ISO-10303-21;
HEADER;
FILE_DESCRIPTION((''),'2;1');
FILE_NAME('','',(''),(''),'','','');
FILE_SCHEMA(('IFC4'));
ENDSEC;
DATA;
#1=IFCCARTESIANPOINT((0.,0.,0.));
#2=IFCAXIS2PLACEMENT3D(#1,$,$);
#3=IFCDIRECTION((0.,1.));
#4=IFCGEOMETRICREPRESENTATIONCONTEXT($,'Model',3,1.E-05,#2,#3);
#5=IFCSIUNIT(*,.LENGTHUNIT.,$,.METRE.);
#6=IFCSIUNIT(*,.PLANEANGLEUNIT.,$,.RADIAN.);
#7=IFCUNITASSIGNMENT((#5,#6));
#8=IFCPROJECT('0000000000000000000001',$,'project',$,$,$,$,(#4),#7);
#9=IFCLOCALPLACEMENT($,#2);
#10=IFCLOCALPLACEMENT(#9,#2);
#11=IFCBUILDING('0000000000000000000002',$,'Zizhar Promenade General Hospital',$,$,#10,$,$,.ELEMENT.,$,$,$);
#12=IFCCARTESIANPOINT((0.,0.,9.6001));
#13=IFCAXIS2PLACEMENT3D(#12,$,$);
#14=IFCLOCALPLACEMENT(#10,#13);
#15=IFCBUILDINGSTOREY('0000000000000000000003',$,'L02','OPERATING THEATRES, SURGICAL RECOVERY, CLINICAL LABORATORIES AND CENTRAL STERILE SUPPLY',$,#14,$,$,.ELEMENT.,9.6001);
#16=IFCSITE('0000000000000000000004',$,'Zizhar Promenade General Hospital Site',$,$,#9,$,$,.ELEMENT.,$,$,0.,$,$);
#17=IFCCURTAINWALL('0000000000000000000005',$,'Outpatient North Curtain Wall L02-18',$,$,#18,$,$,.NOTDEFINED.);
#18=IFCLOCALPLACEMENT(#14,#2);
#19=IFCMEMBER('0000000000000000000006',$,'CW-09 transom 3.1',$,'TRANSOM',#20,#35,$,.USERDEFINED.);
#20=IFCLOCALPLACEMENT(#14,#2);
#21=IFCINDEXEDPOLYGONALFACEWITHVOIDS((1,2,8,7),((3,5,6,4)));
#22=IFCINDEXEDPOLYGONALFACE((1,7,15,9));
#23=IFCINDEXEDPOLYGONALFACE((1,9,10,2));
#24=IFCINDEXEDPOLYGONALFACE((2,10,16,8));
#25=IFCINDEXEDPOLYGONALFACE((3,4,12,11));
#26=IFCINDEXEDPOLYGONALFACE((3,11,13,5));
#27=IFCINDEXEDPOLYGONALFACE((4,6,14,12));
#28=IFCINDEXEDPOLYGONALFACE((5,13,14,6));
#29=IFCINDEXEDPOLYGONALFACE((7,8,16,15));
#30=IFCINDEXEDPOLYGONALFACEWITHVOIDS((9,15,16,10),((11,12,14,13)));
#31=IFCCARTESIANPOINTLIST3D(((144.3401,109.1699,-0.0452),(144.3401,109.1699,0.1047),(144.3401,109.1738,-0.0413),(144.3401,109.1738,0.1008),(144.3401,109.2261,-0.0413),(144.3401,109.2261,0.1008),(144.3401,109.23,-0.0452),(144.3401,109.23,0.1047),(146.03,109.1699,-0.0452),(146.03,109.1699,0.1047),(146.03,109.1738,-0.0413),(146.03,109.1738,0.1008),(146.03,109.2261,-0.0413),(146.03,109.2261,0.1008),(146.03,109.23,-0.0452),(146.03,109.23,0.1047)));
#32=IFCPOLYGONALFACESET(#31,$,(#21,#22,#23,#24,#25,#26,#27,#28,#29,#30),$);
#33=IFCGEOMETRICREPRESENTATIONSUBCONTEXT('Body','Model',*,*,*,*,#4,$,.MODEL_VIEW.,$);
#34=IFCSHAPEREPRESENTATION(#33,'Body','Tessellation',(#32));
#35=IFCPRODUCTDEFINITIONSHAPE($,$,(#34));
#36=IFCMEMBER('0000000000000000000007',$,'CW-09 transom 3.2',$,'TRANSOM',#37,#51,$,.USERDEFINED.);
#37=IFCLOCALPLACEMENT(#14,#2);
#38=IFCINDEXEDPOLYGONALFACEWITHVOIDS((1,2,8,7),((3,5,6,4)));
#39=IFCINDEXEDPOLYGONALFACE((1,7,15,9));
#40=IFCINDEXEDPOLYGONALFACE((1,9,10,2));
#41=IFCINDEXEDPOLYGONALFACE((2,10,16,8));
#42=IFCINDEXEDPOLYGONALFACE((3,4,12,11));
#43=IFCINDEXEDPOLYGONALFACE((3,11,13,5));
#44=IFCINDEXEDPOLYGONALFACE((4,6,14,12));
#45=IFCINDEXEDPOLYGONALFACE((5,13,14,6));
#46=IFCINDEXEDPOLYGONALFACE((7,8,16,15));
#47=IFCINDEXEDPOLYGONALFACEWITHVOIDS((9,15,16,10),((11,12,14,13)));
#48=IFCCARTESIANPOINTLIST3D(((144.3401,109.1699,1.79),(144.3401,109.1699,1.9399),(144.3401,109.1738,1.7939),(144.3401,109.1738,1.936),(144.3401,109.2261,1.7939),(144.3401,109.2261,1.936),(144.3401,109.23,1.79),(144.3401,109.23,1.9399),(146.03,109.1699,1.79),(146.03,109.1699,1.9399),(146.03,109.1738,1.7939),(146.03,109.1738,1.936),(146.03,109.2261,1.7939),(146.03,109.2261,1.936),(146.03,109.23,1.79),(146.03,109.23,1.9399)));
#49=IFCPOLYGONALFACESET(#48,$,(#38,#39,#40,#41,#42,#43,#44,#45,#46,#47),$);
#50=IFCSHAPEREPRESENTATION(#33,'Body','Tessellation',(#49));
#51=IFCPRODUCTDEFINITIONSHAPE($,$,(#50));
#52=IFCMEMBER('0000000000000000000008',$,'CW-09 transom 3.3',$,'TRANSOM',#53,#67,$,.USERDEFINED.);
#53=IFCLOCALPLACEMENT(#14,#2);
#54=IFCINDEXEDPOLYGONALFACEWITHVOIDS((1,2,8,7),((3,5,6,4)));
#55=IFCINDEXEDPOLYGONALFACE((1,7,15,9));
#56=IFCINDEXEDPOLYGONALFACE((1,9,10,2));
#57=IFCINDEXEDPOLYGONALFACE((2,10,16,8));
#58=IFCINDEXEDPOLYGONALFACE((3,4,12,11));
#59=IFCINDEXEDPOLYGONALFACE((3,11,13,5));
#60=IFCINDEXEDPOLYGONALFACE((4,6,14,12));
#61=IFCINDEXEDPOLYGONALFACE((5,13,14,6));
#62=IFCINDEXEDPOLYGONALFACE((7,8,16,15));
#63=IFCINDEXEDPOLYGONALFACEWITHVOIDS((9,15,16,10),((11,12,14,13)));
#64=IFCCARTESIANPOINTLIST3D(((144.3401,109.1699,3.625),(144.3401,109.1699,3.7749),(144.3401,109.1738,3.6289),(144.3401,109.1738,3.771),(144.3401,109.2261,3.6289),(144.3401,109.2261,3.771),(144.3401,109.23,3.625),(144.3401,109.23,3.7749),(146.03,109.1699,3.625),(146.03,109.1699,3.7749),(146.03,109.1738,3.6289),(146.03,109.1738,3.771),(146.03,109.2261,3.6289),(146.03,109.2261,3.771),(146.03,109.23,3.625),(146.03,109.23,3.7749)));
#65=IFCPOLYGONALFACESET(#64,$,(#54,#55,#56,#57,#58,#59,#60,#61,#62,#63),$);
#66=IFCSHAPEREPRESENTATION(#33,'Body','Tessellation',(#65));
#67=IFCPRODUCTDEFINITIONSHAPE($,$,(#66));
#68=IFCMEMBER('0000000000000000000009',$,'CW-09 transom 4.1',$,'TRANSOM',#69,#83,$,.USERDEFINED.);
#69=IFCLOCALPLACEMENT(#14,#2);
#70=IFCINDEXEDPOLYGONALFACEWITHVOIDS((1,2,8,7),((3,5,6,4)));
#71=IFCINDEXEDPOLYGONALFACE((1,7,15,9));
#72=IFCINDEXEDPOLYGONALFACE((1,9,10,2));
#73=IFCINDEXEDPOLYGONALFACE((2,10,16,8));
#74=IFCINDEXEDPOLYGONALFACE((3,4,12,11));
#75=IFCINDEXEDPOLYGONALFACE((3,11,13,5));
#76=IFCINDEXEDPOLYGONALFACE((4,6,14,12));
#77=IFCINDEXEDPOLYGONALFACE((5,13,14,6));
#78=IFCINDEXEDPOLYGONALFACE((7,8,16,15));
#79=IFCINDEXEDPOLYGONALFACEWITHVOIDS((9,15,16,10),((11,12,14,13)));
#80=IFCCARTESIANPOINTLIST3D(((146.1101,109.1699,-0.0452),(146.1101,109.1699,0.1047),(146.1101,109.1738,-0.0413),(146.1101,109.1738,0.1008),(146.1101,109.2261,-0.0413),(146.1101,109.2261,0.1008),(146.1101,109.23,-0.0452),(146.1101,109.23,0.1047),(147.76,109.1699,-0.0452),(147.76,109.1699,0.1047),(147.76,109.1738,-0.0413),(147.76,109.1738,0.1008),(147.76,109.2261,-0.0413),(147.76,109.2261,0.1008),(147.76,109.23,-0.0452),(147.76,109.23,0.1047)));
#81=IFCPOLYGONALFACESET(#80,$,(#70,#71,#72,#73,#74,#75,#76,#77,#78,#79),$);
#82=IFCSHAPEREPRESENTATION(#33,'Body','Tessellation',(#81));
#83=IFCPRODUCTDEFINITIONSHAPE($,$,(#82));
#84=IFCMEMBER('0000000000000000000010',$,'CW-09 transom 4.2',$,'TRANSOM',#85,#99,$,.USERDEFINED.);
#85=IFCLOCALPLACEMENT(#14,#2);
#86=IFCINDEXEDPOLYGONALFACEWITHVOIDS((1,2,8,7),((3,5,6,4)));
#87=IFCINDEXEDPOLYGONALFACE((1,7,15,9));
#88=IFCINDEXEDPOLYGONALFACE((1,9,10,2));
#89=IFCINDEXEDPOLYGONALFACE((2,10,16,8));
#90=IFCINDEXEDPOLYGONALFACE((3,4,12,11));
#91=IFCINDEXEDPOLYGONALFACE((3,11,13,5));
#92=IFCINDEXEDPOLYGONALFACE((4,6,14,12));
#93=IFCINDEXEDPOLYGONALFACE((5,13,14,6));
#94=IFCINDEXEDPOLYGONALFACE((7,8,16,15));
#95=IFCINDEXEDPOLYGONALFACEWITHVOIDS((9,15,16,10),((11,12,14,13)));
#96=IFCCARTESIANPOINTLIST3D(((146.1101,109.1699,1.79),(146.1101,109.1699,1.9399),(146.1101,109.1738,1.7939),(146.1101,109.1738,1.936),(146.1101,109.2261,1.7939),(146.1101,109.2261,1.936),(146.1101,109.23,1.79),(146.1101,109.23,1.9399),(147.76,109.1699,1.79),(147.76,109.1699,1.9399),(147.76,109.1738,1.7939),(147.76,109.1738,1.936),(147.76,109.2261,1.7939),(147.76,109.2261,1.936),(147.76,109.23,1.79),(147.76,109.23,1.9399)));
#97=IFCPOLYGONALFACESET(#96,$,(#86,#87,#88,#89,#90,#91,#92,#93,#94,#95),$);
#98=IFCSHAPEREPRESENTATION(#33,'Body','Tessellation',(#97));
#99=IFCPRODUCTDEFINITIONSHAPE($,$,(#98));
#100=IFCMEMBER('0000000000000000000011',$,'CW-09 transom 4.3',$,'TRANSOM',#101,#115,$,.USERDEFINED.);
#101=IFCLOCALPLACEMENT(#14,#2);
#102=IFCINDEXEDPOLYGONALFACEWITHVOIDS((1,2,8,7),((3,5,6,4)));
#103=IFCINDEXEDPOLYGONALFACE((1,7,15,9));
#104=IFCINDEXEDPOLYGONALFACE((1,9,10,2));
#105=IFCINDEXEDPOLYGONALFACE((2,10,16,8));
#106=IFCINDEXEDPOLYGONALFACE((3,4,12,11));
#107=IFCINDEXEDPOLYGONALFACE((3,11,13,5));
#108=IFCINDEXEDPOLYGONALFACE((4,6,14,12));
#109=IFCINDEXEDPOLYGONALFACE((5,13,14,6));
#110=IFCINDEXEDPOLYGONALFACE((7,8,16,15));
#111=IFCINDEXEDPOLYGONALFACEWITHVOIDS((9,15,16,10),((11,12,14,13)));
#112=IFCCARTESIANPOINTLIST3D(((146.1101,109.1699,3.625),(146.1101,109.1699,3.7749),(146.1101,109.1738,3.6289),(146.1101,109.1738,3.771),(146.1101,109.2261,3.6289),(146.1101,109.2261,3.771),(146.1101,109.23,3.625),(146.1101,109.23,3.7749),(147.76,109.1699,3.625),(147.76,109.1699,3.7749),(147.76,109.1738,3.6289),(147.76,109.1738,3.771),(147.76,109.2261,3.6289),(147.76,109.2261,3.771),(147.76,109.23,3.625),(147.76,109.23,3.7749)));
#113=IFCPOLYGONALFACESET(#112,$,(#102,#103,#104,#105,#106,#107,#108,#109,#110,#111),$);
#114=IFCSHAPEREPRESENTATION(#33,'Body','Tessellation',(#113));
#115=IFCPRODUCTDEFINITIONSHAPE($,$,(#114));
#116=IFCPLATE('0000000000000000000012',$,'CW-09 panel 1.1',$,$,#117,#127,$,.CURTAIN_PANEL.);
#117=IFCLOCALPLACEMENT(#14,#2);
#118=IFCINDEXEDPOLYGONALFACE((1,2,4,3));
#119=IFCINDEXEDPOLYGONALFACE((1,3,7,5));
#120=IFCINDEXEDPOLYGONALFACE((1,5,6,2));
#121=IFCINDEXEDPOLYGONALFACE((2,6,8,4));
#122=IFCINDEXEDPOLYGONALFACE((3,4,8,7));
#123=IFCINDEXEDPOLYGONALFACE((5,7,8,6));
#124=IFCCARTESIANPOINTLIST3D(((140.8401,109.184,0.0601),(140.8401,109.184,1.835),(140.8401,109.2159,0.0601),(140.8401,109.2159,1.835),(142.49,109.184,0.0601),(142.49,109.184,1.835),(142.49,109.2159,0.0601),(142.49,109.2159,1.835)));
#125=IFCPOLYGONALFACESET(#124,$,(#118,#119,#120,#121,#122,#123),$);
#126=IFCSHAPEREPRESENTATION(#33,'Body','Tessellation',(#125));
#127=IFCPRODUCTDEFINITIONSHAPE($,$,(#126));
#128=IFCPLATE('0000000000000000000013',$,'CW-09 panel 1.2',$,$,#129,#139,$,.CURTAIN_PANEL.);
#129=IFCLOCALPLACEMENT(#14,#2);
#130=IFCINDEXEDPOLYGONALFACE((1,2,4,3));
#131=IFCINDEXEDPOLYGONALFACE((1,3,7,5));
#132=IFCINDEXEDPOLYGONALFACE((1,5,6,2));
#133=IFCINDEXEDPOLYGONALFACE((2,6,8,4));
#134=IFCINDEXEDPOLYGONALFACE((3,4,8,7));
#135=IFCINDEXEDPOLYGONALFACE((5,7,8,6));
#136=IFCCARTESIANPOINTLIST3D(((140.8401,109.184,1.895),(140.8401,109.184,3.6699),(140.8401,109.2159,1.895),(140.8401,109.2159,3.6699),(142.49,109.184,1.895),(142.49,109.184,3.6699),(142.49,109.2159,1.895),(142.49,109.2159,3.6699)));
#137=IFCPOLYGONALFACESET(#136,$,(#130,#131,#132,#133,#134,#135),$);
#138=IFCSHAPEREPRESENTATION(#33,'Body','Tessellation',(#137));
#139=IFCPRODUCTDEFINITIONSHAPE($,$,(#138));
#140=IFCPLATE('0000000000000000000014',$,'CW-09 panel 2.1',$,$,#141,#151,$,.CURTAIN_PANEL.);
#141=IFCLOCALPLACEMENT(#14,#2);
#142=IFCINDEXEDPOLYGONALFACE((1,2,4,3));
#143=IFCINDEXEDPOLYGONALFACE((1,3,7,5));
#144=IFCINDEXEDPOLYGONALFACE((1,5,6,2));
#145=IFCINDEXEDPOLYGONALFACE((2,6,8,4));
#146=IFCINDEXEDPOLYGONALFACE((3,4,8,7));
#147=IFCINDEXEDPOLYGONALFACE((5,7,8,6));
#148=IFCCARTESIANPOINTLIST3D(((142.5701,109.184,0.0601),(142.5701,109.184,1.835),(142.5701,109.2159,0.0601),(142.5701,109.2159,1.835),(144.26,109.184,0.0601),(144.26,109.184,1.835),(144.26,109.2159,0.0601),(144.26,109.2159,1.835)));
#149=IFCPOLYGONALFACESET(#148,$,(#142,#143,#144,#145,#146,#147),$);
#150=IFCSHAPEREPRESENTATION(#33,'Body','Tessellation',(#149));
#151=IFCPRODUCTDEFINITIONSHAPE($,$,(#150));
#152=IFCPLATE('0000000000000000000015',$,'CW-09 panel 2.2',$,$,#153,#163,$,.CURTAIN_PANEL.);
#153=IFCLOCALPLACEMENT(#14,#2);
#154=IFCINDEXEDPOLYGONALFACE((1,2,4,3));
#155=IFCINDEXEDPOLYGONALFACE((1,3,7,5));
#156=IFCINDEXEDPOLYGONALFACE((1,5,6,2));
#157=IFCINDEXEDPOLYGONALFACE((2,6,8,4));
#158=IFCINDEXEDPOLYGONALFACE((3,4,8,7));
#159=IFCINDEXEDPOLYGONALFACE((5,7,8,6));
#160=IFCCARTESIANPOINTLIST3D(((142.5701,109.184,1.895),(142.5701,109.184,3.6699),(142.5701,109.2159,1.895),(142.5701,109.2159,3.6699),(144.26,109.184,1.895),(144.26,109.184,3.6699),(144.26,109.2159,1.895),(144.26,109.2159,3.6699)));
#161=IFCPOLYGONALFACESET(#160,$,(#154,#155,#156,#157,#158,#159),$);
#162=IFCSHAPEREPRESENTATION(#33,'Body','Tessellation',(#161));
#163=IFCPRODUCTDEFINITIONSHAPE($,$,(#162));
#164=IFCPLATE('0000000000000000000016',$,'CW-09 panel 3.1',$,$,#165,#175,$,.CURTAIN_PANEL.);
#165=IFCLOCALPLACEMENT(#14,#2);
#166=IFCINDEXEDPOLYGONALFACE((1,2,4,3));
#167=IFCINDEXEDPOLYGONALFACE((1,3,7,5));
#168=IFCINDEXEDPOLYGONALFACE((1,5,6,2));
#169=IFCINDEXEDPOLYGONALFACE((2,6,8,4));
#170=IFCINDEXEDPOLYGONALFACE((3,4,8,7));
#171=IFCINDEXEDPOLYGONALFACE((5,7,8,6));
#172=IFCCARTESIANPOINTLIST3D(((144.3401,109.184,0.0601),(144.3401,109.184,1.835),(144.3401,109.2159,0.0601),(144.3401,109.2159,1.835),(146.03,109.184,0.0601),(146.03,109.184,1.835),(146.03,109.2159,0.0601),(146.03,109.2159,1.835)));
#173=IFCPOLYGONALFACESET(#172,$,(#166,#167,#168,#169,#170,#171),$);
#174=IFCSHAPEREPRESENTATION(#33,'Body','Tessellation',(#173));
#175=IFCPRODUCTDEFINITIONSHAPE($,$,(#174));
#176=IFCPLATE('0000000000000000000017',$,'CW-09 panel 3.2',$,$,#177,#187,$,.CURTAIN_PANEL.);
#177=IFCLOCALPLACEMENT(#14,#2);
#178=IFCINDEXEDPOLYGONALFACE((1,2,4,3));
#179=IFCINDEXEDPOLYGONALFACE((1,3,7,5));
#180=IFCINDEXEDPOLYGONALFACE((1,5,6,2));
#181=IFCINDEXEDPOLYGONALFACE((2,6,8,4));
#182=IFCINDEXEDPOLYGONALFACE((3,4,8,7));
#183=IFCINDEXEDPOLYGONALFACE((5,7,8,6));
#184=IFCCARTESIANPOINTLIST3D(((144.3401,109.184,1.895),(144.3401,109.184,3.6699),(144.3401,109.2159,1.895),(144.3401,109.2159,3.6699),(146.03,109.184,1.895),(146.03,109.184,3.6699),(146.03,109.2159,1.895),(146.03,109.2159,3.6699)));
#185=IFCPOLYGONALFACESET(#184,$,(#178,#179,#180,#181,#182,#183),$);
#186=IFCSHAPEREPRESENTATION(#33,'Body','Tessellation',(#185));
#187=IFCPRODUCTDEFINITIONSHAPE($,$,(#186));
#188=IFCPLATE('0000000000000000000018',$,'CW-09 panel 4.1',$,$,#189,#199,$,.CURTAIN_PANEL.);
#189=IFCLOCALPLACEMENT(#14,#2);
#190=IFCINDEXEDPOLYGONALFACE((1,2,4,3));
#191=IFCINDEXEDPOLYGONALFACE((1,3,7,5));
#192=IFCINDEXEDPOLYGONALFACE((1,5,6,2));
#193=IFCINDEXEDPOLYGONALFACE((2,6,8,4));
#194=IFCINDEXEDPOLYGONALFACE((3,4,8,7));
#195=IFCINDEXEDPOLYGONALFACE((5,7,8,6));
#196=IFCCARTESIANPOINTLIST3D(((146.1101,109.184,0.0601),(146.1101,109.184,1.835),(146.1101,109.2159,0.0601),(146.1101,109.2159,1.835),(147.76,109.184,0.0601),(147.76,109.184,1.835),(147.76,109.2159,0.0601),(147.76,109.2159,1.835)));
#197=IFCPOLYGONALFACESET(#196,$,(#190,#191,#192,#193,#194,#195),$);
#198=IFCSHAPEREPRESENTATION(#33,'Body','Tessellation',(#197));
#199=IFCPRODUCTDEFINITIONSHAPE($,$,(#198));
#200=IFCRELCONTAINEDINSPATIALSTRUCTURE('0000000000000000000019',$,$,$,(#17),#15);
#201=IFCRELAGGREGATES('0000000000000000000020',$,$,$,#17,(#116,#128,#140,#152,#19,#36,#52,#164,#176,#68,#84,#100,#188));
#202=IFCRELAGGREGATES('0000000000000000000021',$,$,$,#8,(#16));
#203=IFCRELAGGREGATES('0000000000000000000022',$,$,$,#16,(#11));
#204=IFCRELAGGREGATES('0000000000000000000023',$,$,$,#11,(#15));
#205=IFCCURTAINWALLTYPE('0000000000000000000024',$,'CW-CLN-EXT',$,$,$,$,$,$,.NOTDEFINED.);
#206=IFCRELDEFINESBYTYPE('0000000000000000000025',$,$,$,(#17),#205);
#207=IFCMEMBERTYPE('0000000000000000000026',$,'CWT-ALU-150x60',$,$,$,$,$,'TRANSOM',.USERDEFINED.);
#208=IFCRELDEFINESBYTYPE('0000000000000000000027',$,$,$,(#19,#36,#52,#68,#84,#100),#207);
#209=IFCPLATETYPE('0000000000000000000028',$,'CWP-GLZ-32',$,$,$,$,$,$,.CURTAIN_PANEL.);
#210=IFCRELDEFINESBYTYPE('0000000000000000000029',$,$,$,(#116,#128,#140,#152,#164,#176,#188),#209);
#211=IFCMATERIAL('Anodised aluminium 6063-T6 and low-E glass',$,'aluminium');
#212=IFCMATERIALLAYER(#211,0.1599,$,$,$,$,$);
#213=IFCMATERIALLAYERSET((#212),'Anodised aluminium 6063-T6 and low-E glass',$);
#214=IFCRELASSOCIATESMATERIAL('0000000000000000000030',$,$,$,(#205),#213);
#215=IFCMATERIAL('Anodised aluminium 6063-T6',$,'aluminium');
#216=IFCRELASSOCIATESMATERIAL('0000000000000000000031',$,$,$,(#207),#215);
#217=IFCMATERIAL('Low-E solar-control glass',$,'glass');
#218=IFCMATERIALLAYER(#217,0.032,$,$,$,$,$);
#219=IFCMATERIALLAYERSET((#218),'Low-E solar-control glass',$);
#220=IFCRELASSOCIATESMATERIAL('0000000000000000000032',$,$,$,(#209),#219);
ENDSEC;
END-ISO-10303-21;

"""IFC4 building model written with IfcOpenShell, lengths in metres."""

from ifc_helpers import new_model, si_unit, direction, frame, origin, origin_2d, place, context, subcontext, project, spatial, rectangle, hollow_rectangle, extrude, material, layer, layer_set, material_profile, profile_set, type_object, element, aggregate, save


model = new_model("IFC4")

# Units and contexts
model_context = context("Model", 3, precision=1e-05, world=origin(), true_north=direction((0.0, 1.0)))
body_context = subcontext(model_context, "Body", "Model", "MODEL_VIEW")
ifc_project = project(units=[si_unit("LENGTHUNIT", "METRE"), si_unit("PLANEANGLEUNIT", "RADIAN")], contexts=[model_context])

# Site, building, storey
site_placement = place(None, origin())
site = spatial("IfcSite", under=ifc_project, at=site_placement, Name="Zizhar Promenade General Hospital Site", CompositionType="ELEMENT", RefElevation=0.0)
building_placement = place(site_placement, origin())
building = spatial("IfcBuilding", under=site, at=building_placement, Name="Zizhar Promenade General Hospital", CompositionType="ELEMENT")
storey_placement = place(building_placement, frame((0.0, 0.0, 9.6001)))
storey = spatial("IfcBuildingStorey", under=building, at=storey_placement, Name="L02", Description="OPERATING THEATRES, SURGICAL RECOVERY, CLINICAL LABORATORIES AND CENTRAL STERILE SUPPLY", CompositionType="ELEMENT", Elevation=9.6001)

# Curtain wall, members, plates
ifc_material_1 = material(Name="Anodised aluminium 6063-T6 and low-E glass", Category="aluminium")
ifc_layer_1 = layer(ifc_material_1, 0.1599)
ifc_layer_set_1 = layer_set([ifc_layer_1], Name="Anodised aluminium 6063-T6 and low-E glass")
curtain_wall_type = type_object("IfcCurtainWallType", Name="CW-CLN-EXT", PredefinedType="NOTDEFINED", material=ifc_layer_set_1)
curtain_wall_placement = place(storey_placement, origin())
curtain_wall = element("IfcCurtainWall", 1, at=curtain_wall_placement, inside=storey, type_object=curtain_wall_type, Name="Outpatient North Curtain Wall L02-18", PredefinedType="NOTDEFINED")
ifc_material_2 = material(Name="Anodised aluminium 6063-T6", Category="aluminium")
ifc_material_profile_1 = material_profile(ifc_material_2, hollow_rectangle(XDim=0.0601, YDim=0.1499, WallThickness=0.0039, at=origin_2d()))
ifc_profile_set_1 = profile_set([ifc_material_profile_1], Name="Anodised aluminium 6063-T6")
member_type_1 = type_object("IfcMemberType", Name="CWT-ALU-150x60", ElementType="TRANSOM", PredefinedType="USERDEFINED", material=ifc_profile_set_1)
member_1_placement = place(storey_placement, frame((144.3401, 109.2, 0.0298), z_axis=(1.0, 0.0, 0.0), x_axis=(0.0, 1.0, 0.0)))
member_1 = element("IfcMember", 2, at=member_1_placement, type_object=member_type_1, Name="CW-09 transom 3.1", ObjectType="TRANSOM", PredefinedType="USERDEFINED", context=body_context, shape_type="SweptSolid", body=[
    extrude(hollow_rectangle(XDim=0.0601, YDim=0.1499, WallThickness=0.0039, at=origin_2d()), origin(), (0.0, 0.0, 1.0), 1.6899),
])
member_2_placement = place(storey_placement, frame((144.3401, 109.2, 1.865), z_axis=(1.0, 0.0, 0.0), x_axis=(0.0, 1.0, 0.0)))
member_2 = element("IfcMember", 3, at=member_2_placement, type_object=member_type_1, Name="CW-09 transom 3.2", ObjectType="TRANSOM", PredefinedType="USERDEFINED", context=body_context, shape_type="SweptSolid", body=[
    extrude(hollow_rectangle(XDim=0.0601, YDim=0.1499, WallThickness=0.0039, at=origin_2d()), origin(), (0.0, 0.0, 1.0), 1.6899),
])
member_3_placement = place(storey_placement, frame((144.3401, 109.2, 3.7), z_axis=(1.0, 0.0, 0.0), x_axis=(0.0, 1.0, 0.0)))
member_3 = element("IfcMember", 4, at=member_3_placement, type_object=member_type_1, Name="CW-09 transom 3.3", ObjectType="TRANSOM", PredefinedType="USERDEFINED", context=body_context, shape_type="SweptSolid", body=[
    extrude(hollow_rectangle(XDim=0.0601, YDim=0.1499, WallThickness=0.0039, at=origin_2d()), origin(), (0.0, 0.0, 1.0), 1.6899),
])
member_4_placement = place(storey_placement, frame((146.1101, 109.2, 0.0298), z_axis=(1.0, 0.0, 0.0), x_axis=(0.0, 1.0, 0.0)))
member_4 = element("IfcMember", 5, at=member_4_placement, type_object=member_type_1, Name="CW-09 transom 4.1", ObjectType="TRANSOM", PredefinedType="USERDEFINED", context=body_context, shape_type="SweptSolid", body=[
    extrude(hollow_rectangle(XDim=0.0601, YDim=0.1499, WallThickness=0.0039, at=origin_2d()), origin(), (0.0, 0.0, 1.0), 1.6499),
])
member_5_placement = place(storey_placement, frame((146.1101, 109.2, 1.865), z_axis=(1.0, 0.0, 0.0), x_axis=(0.0, 1.0, 0.0)))
member_5 = element("IfcMember", 6, at=member_5_placement, type_object=member_type_1, Name="CW-09 transom 4.2", ObjectType="TRANSOM", PredefinedType="USERDEFINED", context=body_context, shape_type="SweptSolid", body=[
    extrude(hollow_rectangle(XDim=0.0601, YDim=0.1499, WallThickness=0.0039, at=origin_2d()), origin(), (0.0, 0.0, 1.0), 1.6499),
])
member_6_placement = place(storey_placement, frame((146.1101, 109.2, 3.7), z_axis=(1.0, 0.0, 0.0), x_axis=(0.0, 1.0, 0.0)))
member_6 = element("IfcMember", 7, at=member_6_placement, type_object=member_type_1, Name="CW-09 transom 4.3", ObjectType="TRANSOM", PredefinedType="USERDEFINED", context=body_context, shape_type="SweptSolid", body=[
    extrude(hollow_rectangle(XDim=0.0601, YDim=0.1499, WallThickness=0.0039, at=origin_2d()), origin(), (0.0, 0.0, 1.0), 1.6499),
])
ifc_material_3 = material(Name="Low-E solar-control glass", Category="glass")
ifc_layer_2 = layer(ifc_material_3, 0.032)
ifc_layer_set_2 = layer_set([ifc_layer_2], Name="Low-E solar-control glass")
plate_type = type_object("IfcPlateType", Name="CWP-GLZ-32", PredefinedType="CURTAIN_PANEL", material=ifc_layer_set_2)
plate_1_placement = place(storey_placement, frame((141.665, 109.2, 0.0601), z_axis=(0.0, 0.0, 1.0), x_axis=(1.0, 0.0, 0.0)))
plate_1 = element("IfcPlate", 8, at=plate_1_placement, type_object=plate_type, Name="CW-09 panel 1.1", PredefinedType="CURTAIN_PANEL", context=body_context, shape_type="SweptSolid", body=[
    extrude(rectangle(XDim=1.6499, YDim=0.032, at=origin_2d()), origin(), (0.0, 0.0, 1.0), 1.7749),
])
plate_2_placement = place(storey_placement, frame((141.665, 109.2, 1.895), z_axis=(0.0, 0.0, 1.0), x_axis=(1.0, 0.0, 0.0)))
plate_2 = element("IfcPlate", 9, at=plate_2_placement, type_object=plate_type, Name="CW-09 panel 1.2", PredefinedType="CURTAIN_PANEL", context=body_context, shape_type="SweptSolid", body=[
    extrude(rectangle(XDim=1.6499, YDim=0.032, at=origin_2d()), origin(), (0.0, 0.0, 1.0), 1.7749),
])
plate_3_placement = place(storey_placement, frame((143.415, 109.2, 0.0601), z_axis=(0.0, 0.0, 1.0), x_axis=(1.0, 0.0, 0.0)))
plate_3 = element("IfcPlate", 10, at=plate_3_placement, type_object=plate_type, Name="CW-09 panel 2.1", PredefinedType="CURTAIN_PANEL", context=body_context, shape_type="SweptSolid", body=[
    extrude(rectangle(XDim=1.6899, YDim=0.032, at=origin_2d()), origin(), (0.0, 0.0, 1.0), 1.7749),
])
plate_4_placement = place(storey_placement, frame((143.415, 109.2, 1.895), z_axis=(0.0, 0.0, 1.0), x_axis=(1.0, 0.0, 0.0)))
plate_4 = element("IfcPlate", 11, at=plate_4_placement, type_object=plate_type, Name="CW-09 panel 2.2", PredefinedType="CURTAIN_PANEL", context=body_context, shape_type="SweptSolid", body=[
    extrude(rectangle(XDim=1.6899, YDim=0.032, at=origin_2d()), origin(), (0.0, 0.0, 1.0), 1.7749),
])
plate_5_placement = place(storey_placement, frame((145.1851, 109.2, 0.0601), z_axis=(0.0, 0.0, 1.0), x_axis=(1.0, 0.0, 0.0)))
plate_5 = element("IfcPlate", 12, at=plate_5_placement, type_object=plate_type, Name="CW-09 panel 3.1", PredefinedType="CURTAIN_PANEL", context=body_context, shape_type="SweptSolid", body=[
    extrude(rectangle(XDim=1.6899, YDim=0.032, at=origin_2d()), origin(), (0.0, 0.0, 1.0), 1.7749),
])
plate_6_placement = place(storey_placement, frame((145.1851, 109.2, 1.895), z_axis=(0.0, 0.0, 1.0), x_axis=(1.0, 0.0, 0.0)))
plate_6 = element("IfcPlate", 13, at=plate_6_placement, type_object=plate_type, Name="CW-09 panel 3.2", PredefinedType="CURTAIN_PANEL", context=body_context, shape_type="SweptSolid", body=[
    extrude(rectangle(XDim=1.6899, YDim=0.032, at=origin_2d()), origin(), (0.0, 0.0, 1.0), 1.7749),
])
plate_7_placement = place(storey_placement, frame((146.9351, 109.2, 0.0601), z_axis=(0.0, 0.0, 1.0), x_axis=(1.0, 0.0, 0.0)))
plate_7 = element("IfcPlate", 14, at=plate_7_placement, type_object=plate_type, Name="CW-09 panel 4.1", PredefinedType="CURTAIN_PANEL", context=body_context, shape_type="SweptSolid", body=[
    extrude(rectangle(XDim=1.6499, YDim=0.032, at=origin_2d()), origin(), (0.0, 0.0, 1.0), 1.7749),
])
aggregate(curtain_wall, [plate_1, plate_2, plate_3, plate_4, member_1, member_2, member_3, plate_5, plate_6, member_4, member_5, member_6, plate_7])

save(model, "model.ifc")
